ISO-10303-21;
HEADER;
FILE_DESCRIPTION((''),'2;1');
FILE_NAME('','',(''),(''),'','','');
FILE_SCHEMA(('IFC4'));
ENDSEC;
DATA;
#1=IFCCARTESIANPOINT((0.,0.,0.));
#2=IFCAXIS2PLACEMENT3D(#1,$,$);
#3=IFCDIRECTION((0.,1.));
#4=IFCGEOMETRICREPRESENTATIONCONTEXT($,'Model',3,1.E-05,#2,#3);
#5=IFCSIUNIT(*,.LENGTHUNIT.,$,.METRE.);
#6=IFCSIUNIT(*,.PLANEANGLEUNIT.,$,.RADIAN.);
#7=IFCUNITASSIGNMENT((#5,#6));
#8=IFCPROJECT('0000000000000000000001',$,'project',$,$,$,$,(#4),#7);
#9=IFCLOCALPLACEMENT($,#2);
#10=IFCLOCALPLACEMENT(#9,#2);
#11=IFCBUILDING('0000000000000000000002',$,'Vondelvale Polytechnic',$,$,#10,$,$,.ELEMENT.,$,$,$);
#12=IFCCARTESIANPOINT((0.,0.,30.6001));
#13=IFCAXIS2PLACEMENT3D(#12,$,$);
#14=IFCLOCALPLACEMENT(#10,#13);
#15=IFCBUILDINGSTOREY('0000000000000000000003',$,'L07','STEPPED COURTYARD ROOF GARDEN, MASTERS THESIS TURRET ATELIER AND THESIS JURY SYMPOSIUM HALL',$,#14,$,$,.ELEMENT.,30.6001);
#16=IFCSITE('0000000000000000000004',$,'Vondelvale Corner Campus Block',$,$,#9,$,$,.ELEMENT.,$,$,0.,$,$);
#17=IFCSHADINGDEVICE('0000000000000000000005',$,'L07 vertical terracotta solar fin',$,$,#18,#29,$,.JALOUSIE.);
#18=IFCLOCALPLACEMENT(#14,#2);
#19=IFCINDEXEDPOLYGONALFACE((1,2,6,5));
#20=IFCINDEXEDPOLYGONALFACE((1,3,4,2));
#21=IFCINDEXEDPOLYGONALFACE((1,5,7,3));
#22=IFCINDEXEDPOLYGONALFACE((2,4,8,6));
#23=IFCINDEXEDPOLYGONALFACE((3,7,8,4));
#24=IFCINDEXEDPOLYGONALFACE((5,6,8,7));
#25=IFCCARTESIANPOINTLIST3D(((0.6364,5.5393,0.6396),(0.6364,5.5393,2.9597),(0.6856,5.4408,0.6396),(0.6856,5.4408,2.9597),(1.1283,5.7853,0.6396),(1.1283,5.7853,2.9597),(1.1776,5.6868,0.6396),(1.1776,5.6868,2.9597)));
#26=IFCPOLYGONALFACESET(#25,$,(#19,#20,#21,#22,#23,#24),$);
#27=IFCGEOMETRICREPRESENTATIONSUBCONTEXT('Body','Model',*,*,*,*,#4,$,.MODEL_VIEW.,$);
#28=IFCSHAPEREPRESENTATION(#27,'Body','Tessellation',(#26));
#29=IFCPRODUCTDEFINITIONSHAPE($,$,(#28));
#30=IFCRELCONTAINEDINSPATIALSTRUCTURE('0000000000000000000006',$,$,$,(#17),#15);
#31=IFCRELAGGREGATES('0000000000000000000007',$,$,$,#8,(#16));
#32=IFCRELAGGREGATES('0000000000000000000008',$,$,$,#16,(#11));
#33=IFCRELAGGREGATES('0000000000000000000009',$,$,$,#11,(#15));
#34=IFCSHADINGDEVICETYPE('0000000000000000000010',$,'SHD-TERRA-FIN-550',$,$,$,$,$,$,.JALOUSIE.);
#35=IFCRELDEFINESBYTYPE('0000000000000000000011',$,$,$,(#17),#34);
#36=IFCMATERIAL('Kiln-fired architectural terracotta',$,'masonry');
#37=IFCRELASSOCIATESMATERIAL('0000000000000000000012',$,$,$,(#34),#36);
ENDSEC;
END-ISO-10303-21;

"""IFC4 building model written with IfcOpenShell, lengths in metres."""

from ifc_helpers import new_model, si_unit, direction, frame, origin, origin_2d, place, context, subcontext, project, spatial, rectangle, extrude, material, type_object, element, save


model = new_model("IFC4")

# Units and contexts
model_context = context("Model", 3, precision=1e-05, world=origin(), true_north=direction((0.0, 1.0)))
body_context = subcontext(model_context, "Body", "Model", "MODEL_VIEW")
ifc_project = project(units=[si_unit("LENGTHUNIT", "METRE"), si_unit("PLANEANGLEUNIT", "RADIAN")], contexts=[model_context])

# Site, building, storey
site_placement = place(None, origin())
site = spatial("IfcSite", under=ifc_project, at=site_placement, Name="Vondelvale Corner Campus Block", CompositionType="ELEMENT", RefElevation=0.0)
building_placement = place(site_placement, origin())
building = spatial("IfcBuilding", under=site, at=building_placement, Name="Vondelvale Polytechnic", CompositionType="ELEMENT")
storey_placement = place(building_placement, frame((0.0, 0.0, 30.6001)))
storey = spatial("IfcBuildingStorey", under=building, at=storey_placement, Name="L07", Description="STEPPED COURTYARD ROOF GARDEN, MASTERS THESIS TURRET ATELIER AND THESIS JURY SYMPOSIUM HALL", CompositionType="ELEMENT", Elevation=30.6001)

# Shading device
ifc_material_1 = material(Name="Kiln-fired architectural terracotta", Category="masonry")
shading_device_type = type_object("IfcShadingDeviceType", Name="SHD-TERRA-FIN-550", PredefinedType="JALOUSIE", material=ifc_material_1)
shading_device_placement = place(storey_placement, frame((0.907, 5.613, 0.6396), z_axis=(0.0, 0.0, 1.0), x_axis=(-0.447291, 0.894389, 0.0)))
element("IfcShadingDevice", 1, at=shading_device_placement, inside=storey, type_object=shading_device_type, Name="L07 vertical terracotta solar fin", PredefinedType="JALOUSIE", context=body_context, shape_type="SweptSolid", body=[
    extrude(rectangle(XDim=0.1101, YDim=0.55, at=origin_2d()), origin(), (0.0, 0.0, 1.0), 2.3201),
])

save(model, "model.ifc")
